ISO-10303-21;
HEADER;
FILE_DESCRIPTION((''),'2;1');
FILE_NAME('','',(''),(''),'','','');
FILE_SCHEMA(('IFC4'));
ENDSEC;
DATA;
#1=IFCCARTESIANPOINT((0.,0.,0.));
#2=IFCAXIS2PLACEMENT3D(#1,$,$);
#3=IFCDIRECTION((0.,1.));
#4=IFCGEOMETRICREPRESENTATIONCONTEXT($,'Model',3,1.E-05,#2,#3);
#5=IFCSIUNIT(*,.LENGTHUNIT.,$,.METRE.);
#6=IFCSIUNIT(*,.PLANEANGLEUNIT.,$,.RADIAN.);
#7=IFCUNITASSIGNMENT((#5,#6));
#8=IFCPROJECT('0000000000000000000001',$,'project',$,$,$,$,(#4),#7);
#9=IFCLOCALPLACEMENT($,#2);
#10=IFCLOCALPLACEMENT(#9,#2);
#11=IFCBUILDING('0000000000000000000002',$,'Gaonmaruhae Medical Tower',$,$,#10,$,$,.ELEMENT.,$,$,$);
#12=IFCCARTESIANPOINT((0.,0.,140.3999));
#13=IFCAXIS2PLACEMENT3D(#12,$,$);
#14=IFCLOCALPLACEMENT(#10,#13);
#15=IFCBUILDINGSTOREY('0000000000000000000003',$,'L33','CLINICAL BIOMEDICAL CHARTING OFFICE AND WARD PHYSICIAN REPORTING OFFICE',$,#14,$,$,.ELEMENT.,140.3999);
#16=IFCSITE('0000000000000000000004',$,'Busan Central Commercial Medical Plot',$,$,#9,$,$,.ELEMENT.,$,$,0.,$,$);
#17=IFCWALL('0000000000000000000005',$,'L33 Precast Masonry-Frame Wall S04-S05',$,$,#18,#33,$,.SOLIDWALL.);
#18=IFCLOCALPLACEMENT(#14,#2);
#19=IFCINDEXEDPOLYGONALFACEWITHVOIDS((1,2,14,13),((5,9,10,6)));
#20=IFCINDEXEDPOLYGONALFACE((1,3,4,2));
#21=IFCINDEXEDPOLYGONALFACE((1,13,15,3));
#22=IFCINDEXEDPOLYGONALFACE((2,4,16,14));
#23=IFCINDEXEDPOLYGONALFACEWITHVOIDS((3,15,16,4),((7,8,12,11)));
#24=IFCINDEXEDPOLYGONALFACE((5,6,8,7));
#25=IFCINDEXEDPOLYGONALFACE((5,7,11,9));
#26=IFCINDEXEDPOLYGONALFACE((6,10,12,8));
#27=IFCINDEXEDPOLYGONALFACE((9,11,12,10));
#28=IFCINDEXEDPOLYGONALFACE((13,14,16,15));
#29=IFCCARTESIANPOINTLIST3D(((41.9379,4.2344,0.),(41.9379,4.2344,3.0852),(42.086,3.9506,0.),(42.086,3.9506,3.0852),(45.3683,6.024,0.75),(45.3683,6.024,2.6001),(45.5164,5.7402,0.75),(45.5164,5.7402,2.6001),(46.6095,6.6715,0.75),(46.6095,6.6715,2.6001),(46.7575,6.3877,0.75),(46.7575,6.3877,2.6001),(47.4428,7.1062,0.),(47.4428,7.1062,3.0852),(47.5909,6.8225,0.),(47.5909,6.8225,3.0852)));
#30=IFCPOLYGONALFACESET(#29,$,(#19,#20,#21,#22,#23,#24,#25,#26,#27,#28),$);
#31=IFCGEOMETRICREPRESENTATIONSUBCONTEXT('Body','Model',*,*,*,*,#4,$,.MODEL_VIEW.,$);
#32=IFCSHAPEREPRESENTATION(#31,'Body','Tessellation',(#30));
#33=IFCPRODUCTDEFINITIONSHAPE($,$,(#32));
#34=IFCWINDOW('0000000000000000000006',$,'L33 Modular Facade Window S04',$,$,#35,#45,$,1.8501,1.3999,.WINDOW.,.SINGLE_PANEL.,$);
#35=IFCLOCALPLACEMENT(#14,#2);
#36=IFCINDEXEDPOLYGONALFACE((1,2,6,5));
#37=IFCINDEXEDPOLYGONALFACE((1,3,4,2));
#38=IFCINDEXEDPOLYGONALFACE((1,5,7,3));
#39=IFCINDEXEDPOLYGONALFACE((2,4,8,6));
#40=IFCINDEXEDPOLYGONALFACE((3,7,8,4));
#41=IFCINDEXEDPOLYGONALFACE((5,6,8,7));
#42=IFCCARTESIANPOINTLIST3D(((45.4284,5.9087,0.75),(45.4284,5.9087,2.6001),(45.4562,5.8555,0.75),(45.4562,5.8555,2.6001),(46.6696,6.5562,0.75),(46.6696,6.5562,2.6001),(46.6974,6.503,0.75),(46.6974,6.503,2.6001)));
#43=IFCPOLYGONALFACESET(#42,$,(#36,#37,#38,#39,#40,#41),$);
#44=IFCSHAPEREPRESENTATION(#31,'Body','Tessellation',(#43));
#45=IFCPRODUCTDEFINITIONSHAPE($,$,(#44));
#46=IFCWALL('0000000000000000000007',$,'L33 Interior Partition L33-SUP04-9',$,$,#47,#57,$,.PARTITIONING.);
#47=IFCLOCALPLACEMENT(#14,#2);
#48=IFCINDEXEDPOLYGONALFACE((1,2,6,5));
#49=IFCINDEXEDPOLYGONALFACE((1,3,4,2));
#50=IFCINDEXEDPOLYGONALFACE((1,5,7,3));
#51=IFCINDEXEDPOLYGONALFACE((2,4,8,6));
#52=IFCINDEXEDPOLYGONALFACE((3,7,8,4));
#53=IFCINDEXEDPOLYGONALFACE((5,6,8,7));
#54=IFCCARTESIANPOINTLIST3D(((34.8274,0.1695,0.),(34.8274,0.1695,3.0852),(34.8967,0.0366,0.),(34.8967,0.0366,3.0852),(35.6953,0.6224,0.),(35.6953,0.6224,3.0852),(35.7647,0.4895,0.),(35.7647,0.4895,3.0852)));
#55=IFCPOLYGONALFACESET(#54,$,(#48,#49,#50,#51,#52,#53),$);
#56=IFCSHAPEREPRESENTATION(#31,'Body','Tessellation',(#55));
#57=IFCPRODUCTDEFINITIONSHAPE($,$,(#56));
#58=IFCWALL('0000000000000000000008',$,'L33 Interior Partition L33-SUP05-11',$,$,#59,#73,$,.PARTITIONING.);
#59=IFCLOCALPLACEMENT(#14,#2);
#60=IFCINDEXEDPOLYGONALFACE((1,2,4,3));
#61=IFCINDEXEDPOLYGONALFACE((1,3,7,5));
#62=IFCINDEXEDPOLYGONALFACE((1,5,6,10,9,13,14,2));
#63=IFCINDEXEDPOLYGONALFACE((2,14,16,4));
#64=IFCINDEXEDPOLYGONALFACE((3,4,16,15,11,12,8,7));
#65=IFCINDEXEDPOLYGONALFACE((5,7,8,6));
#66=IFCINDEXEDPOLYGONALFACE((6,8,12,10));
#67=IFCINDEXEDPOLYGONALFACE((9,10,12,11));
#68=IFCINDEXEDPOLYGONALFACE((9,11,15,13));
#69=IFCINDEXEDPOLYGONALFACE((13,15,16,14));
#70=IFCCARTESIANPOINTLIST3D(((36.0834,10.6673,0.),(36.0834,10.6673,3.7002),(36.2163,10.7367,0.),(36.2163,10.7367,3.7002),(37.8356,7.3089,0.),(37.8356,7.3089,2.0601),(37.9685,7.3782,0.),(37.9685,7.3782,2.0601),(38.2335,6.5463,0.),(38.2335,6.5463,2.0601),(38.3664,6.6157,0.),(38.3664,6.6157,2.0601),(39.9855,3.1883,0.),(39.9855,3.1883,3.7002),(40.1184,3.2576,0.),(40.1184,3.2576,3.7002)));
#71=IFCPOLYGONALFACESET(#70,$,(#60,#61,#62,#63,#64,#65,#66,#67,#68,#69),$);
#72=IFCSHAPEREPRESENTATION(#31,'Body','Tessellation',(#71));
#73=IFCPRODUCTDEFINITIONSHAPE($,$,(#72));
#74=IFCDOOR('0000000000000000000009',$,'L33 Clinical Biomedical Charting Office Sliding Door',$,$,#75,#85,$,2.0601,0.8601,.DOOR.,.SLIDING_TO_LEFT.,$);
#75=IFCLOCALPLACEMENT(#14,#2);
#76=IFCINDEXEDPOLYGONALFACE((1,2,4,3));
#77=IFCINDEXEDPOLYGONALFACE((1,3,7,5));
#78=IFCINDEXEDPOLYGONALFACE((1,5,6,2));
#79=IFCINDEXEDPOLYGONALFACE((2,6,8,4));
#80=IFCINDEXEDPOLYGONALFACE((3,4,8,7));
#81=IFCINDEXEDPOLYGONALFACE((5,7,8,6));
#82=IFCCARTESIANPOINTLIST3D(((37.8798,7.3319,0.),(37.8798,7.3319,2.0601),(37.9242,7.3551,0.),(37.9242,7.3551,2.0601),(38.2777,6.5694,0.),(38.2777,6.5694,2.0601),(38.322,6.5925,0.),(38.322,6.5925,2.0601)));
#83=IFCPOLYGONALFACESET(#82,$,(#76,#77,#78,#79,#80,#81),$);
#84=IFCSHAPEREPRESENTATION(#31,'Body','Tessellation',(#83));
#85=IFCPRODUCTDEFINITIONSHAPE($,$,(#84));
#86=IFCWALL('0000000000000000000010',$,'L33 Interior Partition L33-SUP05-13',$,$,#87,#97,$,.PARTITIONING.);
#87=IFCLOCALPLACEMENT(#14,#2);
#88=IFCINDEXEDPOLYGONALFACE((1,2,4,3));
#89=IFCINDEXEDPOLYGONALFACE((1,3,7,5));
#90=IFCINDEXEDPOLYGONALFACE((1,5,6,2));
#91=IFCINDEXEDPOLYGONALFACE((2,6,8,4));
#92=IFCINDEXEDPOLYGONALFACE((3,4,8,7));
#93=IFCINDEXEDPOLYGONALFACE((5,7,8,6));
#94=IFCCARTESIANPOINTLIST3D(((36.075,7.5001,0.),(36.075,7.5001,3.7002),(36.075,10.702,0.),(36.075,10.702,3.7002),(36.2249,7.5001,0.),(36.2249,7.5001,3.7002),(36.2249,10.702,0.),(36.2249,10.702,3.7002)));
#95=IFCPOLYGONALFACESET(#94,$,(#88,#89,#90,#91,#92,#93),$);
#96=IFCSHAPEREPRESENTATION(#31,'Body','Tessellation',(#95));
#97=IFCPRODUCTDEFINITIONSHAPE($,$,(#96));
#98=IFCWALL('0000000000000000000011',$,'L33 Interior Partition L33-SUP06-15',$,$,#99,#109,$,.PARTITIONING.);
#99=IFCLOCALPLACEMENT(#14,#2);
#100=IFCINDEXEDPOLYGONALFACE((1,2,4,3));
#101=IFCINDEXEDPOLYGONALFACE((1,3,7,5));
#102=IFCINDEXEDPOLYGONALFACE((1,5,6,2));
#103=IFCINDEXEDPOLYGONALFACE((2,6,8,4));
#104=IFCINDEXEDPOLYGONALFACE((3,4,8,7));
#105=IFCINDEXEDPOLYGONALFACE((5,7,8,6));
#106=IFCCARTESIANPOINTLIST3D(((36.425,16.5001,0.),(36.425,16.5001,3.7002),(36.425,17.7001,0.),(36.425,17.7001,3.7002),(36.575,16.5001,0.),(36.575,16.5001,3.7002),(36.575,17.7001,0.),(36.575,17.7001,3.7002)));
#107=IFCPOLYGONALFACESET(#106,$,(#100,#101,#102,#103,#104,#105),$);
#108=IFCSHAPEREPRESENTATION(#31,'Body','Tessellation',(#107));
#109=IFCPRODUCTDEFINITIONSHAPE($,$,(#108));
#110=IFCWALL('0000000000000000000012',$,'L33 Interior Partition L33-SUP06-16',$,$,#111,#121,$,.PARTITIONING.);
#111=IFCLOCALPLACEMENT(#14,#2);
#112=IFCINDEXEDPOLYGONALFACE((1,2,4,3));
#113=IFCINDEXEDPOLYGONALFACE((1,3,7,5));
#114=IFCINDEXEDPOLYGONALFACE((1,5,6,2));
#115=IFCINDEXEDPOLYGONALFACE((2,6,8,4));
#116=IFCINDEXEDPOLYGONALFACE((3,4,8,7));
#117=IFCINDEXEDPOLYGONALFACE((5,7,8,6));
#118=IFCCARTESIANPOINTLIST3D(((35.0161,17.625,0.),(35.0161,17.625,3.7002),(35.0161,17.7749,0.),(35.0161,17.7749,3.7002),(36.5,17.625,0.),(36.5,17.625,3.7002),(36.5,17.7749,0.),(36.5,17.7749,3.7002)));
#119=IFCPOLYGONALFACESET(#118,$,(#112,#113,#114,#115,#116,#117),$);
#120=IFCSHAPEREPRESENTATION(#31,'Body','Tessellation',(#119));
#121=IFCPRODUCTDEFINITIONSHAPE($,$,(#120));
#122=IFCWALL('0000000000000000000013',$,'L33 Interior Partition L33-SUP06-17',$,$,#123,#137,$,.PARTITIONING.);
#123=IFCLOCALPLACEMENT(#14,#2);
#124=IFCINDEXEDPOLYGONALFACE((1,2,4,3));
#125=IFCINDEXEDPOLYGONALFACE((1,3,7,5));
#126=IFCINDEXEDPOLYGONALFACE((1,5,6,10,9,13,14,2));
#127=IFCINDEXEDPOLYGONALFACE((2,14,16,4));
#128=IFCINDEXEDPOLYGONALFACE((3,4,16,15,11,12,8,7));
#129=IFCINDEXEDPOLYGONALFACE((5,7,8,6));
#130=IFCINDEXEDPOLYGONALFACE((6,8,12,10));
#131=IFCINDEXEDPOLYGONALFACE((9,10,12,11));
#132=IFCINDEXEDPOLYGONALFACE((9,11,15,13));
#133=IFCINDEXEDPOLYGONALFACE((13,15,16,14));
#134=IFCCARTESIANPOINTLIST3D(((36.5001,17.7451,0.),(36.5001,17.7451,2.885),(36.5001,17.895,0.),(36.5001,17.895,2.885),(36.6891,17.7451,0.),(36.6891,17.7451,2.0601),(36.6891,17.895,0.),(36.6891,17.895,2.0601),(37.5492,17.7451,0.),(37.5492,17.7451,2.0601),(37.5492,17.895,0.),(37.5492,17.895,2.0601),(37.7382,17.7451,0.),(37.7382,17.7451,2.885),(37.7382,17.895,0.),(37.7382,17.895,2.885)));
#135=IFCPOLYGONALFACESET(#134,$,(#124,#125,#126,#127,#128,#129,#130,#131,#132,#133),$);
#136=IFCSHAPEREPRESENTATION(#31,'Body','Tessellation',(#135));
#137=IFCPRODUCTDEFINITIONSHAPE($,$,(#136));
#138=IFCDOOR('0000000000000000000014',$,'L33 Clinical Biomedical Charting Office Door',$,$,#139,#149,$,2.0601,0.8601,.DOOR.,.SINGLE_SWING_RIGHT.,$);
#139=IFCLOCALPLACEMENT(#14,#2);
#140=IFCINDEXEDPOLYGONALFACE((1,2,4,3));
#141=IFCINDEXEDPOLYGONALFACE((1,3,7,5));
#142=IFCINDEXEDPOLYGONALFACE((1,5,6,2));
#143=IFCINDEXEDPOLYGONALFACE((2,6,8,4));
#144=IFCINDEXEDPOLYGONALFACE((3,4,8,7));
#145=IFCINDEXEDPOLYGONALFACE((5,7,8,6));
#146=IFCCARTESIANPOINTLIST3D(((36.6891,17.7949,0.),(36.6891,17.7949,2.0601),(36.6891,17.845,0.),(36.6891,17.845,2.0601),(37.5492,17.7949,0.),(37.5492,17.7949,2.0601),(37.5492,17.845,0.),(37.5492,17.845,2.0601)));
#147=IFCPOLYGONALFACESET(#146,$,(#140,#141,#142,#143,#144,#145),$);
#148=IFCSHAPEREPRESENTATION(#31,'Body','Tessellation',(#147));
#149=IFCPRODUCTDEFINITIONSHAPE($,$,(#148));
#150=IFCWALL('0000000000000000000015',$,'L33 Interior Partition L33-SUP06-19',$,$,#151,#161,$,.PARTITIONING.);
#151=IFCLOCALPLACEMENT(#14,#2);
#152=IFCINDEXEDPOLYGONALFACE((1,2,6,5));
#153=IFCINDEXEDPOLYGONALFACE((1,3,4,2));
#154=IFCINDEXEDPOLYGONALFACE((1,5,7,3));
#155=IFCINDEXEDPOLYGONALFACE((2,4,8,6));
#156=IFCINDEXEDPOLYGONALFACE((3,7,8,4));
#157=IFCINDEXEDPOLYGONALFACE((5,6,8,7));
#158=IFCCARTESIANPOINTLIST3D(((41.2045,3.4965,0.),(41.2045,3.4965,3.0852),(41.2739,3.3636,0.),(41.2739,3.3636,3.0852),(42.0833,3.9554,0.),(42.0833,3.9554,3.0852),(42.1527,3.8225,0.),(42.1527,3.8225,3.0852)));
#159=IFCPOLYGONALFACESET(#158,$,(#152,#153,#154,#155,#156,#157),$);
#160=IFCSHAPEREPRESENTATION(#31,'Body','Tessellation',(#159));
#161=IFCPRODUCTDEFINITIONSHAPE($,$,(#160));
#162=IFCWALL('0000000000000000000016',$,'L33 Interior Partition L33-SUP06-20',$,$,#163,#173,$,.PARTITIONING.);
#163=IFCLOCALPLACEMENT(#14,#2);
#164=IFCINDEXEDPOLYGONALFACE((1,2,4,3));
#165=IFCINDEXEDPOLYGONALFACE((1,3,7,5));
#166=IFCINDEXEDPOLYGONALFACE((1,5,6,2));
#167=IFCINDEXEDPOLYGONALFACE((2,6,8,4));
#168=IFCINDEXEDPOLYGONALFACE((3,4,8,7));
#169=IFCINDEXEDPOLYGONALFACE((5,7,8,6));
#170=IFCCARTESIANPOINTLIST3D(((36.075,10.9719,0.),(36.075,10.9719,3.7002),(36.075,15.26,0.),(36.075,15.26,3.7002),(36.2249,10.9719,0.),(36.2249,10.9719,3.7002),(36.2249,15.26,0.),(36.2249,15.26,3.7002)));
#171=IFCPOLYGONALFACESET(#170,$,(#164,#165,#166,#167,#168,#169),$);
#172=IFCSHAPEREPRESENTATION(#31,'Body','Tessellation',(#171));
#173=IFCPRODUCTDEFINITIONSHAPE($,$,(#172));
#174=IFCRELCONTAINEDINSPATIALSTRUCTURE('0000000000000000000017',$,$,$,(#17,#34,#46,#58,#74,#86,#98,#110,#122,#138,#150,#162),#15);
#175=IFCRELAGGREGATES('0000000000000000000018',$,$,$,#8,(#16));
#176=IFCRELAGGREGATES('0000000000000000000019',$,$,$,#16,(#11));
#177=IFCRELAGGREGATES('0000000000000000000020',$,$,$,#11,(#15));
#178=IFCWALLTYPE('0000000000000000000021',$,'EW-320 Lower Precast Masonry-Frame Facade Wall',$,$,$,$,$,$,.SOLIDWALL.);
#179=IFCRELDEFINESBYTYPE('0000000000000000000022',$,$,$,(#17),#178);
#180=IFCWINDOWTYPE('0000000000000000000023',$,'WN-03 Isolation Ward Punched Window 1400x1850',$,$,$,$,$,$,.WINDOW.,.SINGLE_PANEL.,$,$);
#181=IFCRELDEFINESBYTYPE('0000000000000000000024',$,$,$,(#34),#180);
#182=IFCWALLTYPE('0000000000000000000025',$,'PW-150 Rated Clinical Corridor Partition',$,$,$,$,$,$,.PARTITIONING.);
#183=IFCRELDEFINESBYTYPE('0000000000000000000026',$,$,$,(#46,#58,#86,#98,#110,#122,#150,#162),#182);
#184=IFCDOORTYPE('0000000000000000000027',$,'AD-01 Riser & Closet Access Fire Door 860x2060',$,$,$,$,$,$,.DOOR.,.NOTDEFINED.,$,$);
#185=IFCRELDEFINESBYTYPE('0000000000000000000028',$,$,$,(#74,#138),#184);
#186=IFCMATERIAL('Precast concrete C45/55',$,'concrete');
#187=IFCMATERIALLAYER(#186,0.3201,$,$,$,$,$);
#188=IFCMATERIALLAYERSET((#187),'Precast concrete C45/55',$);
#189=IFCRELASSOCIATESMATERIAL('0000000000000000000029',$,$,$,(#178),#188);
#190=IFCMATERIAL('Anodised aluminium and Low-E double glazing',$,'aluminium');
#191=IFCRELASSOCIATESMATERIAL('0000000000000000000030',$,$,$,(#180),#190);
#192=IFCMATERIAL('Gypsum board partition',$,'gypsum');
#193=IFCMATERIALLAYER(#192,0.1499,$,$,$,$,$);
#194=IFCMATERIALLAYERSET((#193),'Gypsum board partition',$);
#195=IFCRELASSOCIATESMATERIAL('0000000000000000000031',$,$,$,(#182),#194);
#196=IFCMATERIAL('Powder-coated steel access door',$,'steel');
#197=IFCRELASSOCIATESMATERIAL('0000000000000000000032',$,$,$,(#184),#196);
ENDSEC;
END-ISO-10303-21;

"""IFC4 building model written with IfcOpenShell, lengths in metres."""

from ifc_helpers import new_model, si_unit, direction, frame, frame_2d, origin, place, context, subcontext, project, spatial, rectangle, extrude, material, layer, layer_set, type_object, element, fill, save


model = new_model("IFC4")

# Units and contexts
model_context = context("Model", 3, precision=1e-05, world=origin(), true_north=direction((0.0, 1.0)))
body_context = subcontext(model_context, "Body", "Model", "MODEL_VIEW")
ifc_project = project(units=[si_unit("LENGTHUNIT", "METRE"), si_unit("PLANEANGLEUNIT", "RADIAN")], contexts=[model_context])

# Site, building, storey
site_placement = place(None, origin())
site = spatial("IfcSite", under=ifc_project, at=site_placement, Name="Busan Central Commercial Medical Plot", CompositionType="ELEMENT", RefElevation=0.0)
building_placement = place(site_placement, origin())
building = spatial("IfcBuilding", under=site, at=building_placement, Name="Gaonmaruhae Medical Tower", CompositionType="ELEMENT")
storey_placement = place(building_placement, frame((0.0, 0.0, 140.3999)))
storey = spatial("IfcBuildingStorey", under=building, at=storey_placement, Name="L33", Description="CLINICAL BIOMEDICAL CHARTING OFFICE AND WARD PHYSICIAN REPORTING OFFICE", CompositionType="ELEMENT", Elevation=140.3999)

# Wall, opening, window
ifc_material_1 = material(Name="Precast concrete C45/55", Category="concrete")
ifc_layer_1 = layer(ifc_material_1, 0.3201)
ifc_layer_set_1 = layer_set([ifc_layer_1], Name="Precast concrete C45/55")
wall_type_1 = type_object("IfcWallType", Name="EW-320 Lower Precast Masonry-Frame Facade Wall", PredefinedType="SOLIDWALL", material=ifc_layer_set_1)
ifc_material_2 = material(Name="Anodised aluminium and Low-E double glazing", Category="aluminium")
wall_1_placement = place(storey_placement, frame((47.5168, 6.9644, 0.0), z_axis=(0.0, 0.0, 1.0), x_axis=(-0.886604, -0.46253, 0.0)))
wall_1 = element("IfcWall", 1, at=wall_1_placement, inside=storey, type_object=wall_type_1, Name="L33 Precast Masonry-Frame Wall S04-S05", PredefinedType="SOLIDWALL", context=body_context, shape_type="SweptSolid", body=[
    extrude(rectangle(XDim=6.209, YDim=0.3201, at=frame_2d((3.1045, 0.0))), origin(), (0.0, 0.0, 1.0), 3.0852),
])
opening_1_placement = place(wall_1_placement, frame((0.9399, 0.0, 0.75)))
opening_1 = element("IfcOpeningElement", 2, at=opening_1_placement, cuts=wall_1, PredefinedType="OPENING", context=body_context, shape_type="SweptSolid", body=[
    extrude(rectangle(XDim=1.3999, YDim=1.8501, at=frame_2d((0.7, 0.925))), frame((0.0, 0.1699, 0.0), z_axis=(0.0, -1.0, 0.0), x_axis=(1.0, 0.0, 0.0)), (0.0, 0.0, 1.0), 0.3401),
])
window_type_1 = type_object("IfcWindowType", Name="WN-03 Isolation Ward Punched Window 1400x1850", PartitioningType="SINGLE_PANEL", PredefinedType="WINDOW", material=ifc_material_2)
window_1_placement = place(opening_1_placement, origin())
window_1 = element("IfcWindow", 3, at=window_1_placement, inside=storey, type_object=window_type_1, Name="L33 Modular Facade Window S04", OverallHeight=1.8501, OverallWidth=1.3999, PartitioningType="SINGLE_PANEL", PredefinedType="WINDOW", context=body_context, shape_type="SweptSolid", body=[
    extrude(rectangle(XDim=1.3999, YDim=1.8501, at=frame_2d((0.7, 0.925))), frame((0.0, 0.03, 0.0), z_axis=(0.0, -1.0, 0.0), x_axis=(1.0, 0.0, 0.0)), (0.0, 0.0, 1.0), 0.0601),
])
fill(opening_1, window_1)

# Wall
ifc_material_3 = material(Name="Gypsum board partition", Category="gypsum")
ifc_layer_2 = layer(ifc_material_3, 0.1499)
ifc_layer_set_2 = layer_set([ifc_layer_2], Name="Gypsum board partition")
wall_type_2 = type_object("IfcWallType", Name="PW-150 Rated Clinical Corridor Partition", PredefinedType="PARTITIONING", material=ifc_layer_set_2)
wall_2_placement = place(storey_placement, frame((35.73, 0.5559, 0.0), z_axis=(0.0, 0.0, 1.0), x_axis=(-0.886563, -0.462609, 0.0)))
element("IfcWall", 4, at=wall_2_placement, inside=storey, type_object=wall_type_2, Name="L33 Interior Partition L33-SUP04-9", PredefinedType="PARTITIONING", context=body_context, shape_type="SweptSolid", body=[
    extrude(rectangle(XDim=0.979, YDim=0.1499, at=frame_2d((0.4895, 0.0))), origin(), (0.0, 0.0, 1.0), 3.0852),
])

# Wall, opening, door
wall_3_placement = place(storey_placement, frame((36.1499, 10.7019, 0.0), z_axis=(0.0, 0.0, 1.0), x_axis=(0.462567, -0.886584, 0.0)))
wall_3 = element("IfcWall", 5, at=wall_3_placement, inside=storey, type_object=wall_type_2, Name="L33 Interior Partition L33-SUP05-11", PredefinedType="PARTITIONING", context=body_context, shape_type="SweptSolid", body=[
    extrude(rectangle(XDim=8.4358, YDim=0.1499, at=frame_2d((4.2178, 0.0))), origin(), (0.0, 0.0, 1.0), 3.7002),
])
opening_2_placement = place(wall_3_placement, frame((3.7878, 0.0, 0.0)))
opening_2 = element("IfcOpeningElement", 6, at=opening_2_placement, cuts=wall_3, PredefinedType="OPENING", context=body_context, shape_type="SweptSolid", body=[
    extrude(rectangle(XDim=0.8601, YDim=2.0601, at=frame_2d((0.4302, 1.03))), frame((0.0, 0.085, 0.0), z_axis=(0.0, -1.0, 0.0), x_axis=(1.0, 0.0, 0.0)), (0.0, 0.0, 1.0), 0.1699),
])
ifc_material_4 = material(Name="Powder-coated steel access door", Category="steel")
door_type = type_object("IfcDoorType", Name="AD-01 Riser & Closet Access Fire Door 860x2060", OperationType="NOTDEFINED", PredefinedType="DOOR", material=ifc_material_4)
door_1_placement = place(opening_2_placement, origin())
door_1 = element("IfcDoor", 7, at=door_1_placement, inside=storey, type_object=door_type, Name="L33 Clinical Biomedical Charting Office Sliding Door", OperationType="SLIDING_TO_LEFT", OverallHeight=2.0601, OverallWidth=0.8601, PredefinedType="DOOR", context=body_context, shape_type="SweptSolid", body=[
    extrude(rectangle(XDim=0.8601, YDim=2.0601, at=frame_2d((0.4302, 1.03))), frame((0.0, 0.0249, 0.0), z_axis=(0.0, -1.0, 0.0), x_axis=(1.0, 0.0, 0.0)), (0.0, 0.0, 1.0), 0.05),
])
fill(opening_2, door_1)

# Walls
wall_4_placement = place(storey_placement, frame((36.1499, 7.5, 0.0), z_axis=(0.0, 0.0, 1.0), x_axis=(0.0, 1.0, 0.0)))
element("IfcWall", 8, at=wall_4_placement, inside=storey, type_object=wall_type_2, Name="L33 Interior Partition L33-SUP05-13", PredefinedType="PARTITIONING", context=body_context, shape_type="SweptSolid", body=[
    extrude(rectangle(XDim=3.2019, YDim=0.1499, at=frame_2d((1.6011, 0.0))), origin(), (0.0, 0.0, 1.0), 3.7002),
])
wall_5_placement = place(storey_placement, frame((36.5, 16.5, 0.0), z_axis=(0.0, 0.0, 1.0), x_axis=(0.0, 1.0, 0.0)))
element("IfcWall", 9, at=wall_5_placement, inside=storey, type_object=wall_type_2, Name="L33 Interior Partition L33-SUP06-15", PredefinedType="PARTITIONING", context=body_context, shape_type="SweptSolid", body=[
    extrude(rectangle(XDim=1.2, YDim=0.1499, at=frame_2d((0.6001, 0.0))), origin(), (0.0, 0.0, 1.0), 3.7002),
])
wall_6_placement = place(storey_placement, frame((36.5, 17.7, 0.0), z_axis=(0.0, 0.0, 1.0), x_axis=(-1.0, 0.0, 0.0)))
element("IfcWall", 10, at=wall_6_placement, inside=storey, type_object=wall_type_2, Name="L33 Interior Partition L33-SUP06-16", PredefinedType="PARTITIONING", context=body_context, shape_type="SweptSolid", body=[
    extrude(rectangle(XDim=1.4839, YDim=0.1499, at=frame_2d((0.7419, 0.0))), origin(), (0.0, 0.0, 1.0), 3.7002),
])

# Wall, opening, door
wall_7_placement = place(storey_placement, frame((36.5, 17.8201, 0.0), z_axis=(0.0, 0.0, 1.0), x_axis=(1.0, 0.0, 0.0)))
wall_7 = element("IfcWall", 11, at=wall_7_placement, inside=storey, type_object=wall_type_2, Name="L33 Interior Partition L33-SUP06-17", PredefinedType="PARTITIONING", context=body_context, shape_type="SweptSolid", body=[
    extrude(rectangle(XDim=1.238, YDim=0.1499, at=frame_2d((0.6191, 0.0))), origin(), (0.0, 0.0, 1.0), 2.885),
])
opening_3_placement = place(wall_7_placement, frame((0.189, 0.0, 0.0)))
opening_3 = element("IfcOpeningElement", 12, at=opening_3_placement, cuts=wall_7, PredefinedType="OPENING", context=body_context, shape_type="SweptSolid", body=[
    extrude(rectangle(XDim=0.8601, YDim=2.0601, at=frame_2d((0.4302, 1.03))), frame((0.0, 0.085, 0.0), z_axis=(0.0, -1.0, 0.0), x_axis=(1.0, 0.0, 0.0)), (0.0, 0.0, 1.0), 0.1699),
])
door_2_placement = place(opening_3_placement, origin())
door_2 = element("IfcDoor", 13, at=door_2_placement, inside=storey, type_object=door_type, Name="L33 Clinical Biomedical Charting Office Door", OperationType="SINGLE_SWING_RIGHT", OverallHeight=2.0601, OverallWidth=0.8601, PredefinedType="DOOR", context=body_context, shape_type="SweptSolid", body=[
    extrude(rectangle(XDim=0.8601, YDim=2.0601, at=frame_2d((0.4302, 1.03))), frame((0.0, 0.0249, 0.0), z_axis=(0.0, -1.0, 0.0), x_axis=(1.0, 0.0, 0.0)), (0.0, 0.0, 1.0), 0.05),
])
fill(opening_3, door_2)

# Walls
wall_8_placement = place(storey_placement, frame((42.1179, 3.8889, 0.0), z_axis=(0.0, 0.0, 1.0), x_axis=(-0.886409, -0.462903, 0.0)))
element("IfcWall", 14, at=wall_8_placement, inside=storey, type_object=wall_type_2, Name="L33 Interior Partition L33-SUP06-19", PredefinedType="PARTITIONING", context=body_context, shape_type="SweptSolid", body=[
    extrude(rectangle(XDim=0.9915, YDim=0.1499, at=frame_2d((0.4956, 0.0))), origin(), (0.0, 0.0, 1.0), 3.0852),
])
wall_9_placement = place(storey_placement, frame((36.1499, 10.9719, 0.0), z_axis=(0.0, 0.0, 1.0), x_axis=(0.0, 1.0, 0.0)))
element("IfcWall", 15, at=wall_9_placement, inside=storey, type_object=wall_type_2, Name="L33 Interior Partition L33-SUP06-20", PredefinedType="PARTITIONING", context=body_context, shape_type="SweptSolid", body=[
    extrude(rectangle(XDim=4.2881, YDim=0.1499, at=frame_2d((2.144, 0.0))), origin(), (0.0, 0.0, 1.0), 3.7002),
])

save(model, "model.ifc")
